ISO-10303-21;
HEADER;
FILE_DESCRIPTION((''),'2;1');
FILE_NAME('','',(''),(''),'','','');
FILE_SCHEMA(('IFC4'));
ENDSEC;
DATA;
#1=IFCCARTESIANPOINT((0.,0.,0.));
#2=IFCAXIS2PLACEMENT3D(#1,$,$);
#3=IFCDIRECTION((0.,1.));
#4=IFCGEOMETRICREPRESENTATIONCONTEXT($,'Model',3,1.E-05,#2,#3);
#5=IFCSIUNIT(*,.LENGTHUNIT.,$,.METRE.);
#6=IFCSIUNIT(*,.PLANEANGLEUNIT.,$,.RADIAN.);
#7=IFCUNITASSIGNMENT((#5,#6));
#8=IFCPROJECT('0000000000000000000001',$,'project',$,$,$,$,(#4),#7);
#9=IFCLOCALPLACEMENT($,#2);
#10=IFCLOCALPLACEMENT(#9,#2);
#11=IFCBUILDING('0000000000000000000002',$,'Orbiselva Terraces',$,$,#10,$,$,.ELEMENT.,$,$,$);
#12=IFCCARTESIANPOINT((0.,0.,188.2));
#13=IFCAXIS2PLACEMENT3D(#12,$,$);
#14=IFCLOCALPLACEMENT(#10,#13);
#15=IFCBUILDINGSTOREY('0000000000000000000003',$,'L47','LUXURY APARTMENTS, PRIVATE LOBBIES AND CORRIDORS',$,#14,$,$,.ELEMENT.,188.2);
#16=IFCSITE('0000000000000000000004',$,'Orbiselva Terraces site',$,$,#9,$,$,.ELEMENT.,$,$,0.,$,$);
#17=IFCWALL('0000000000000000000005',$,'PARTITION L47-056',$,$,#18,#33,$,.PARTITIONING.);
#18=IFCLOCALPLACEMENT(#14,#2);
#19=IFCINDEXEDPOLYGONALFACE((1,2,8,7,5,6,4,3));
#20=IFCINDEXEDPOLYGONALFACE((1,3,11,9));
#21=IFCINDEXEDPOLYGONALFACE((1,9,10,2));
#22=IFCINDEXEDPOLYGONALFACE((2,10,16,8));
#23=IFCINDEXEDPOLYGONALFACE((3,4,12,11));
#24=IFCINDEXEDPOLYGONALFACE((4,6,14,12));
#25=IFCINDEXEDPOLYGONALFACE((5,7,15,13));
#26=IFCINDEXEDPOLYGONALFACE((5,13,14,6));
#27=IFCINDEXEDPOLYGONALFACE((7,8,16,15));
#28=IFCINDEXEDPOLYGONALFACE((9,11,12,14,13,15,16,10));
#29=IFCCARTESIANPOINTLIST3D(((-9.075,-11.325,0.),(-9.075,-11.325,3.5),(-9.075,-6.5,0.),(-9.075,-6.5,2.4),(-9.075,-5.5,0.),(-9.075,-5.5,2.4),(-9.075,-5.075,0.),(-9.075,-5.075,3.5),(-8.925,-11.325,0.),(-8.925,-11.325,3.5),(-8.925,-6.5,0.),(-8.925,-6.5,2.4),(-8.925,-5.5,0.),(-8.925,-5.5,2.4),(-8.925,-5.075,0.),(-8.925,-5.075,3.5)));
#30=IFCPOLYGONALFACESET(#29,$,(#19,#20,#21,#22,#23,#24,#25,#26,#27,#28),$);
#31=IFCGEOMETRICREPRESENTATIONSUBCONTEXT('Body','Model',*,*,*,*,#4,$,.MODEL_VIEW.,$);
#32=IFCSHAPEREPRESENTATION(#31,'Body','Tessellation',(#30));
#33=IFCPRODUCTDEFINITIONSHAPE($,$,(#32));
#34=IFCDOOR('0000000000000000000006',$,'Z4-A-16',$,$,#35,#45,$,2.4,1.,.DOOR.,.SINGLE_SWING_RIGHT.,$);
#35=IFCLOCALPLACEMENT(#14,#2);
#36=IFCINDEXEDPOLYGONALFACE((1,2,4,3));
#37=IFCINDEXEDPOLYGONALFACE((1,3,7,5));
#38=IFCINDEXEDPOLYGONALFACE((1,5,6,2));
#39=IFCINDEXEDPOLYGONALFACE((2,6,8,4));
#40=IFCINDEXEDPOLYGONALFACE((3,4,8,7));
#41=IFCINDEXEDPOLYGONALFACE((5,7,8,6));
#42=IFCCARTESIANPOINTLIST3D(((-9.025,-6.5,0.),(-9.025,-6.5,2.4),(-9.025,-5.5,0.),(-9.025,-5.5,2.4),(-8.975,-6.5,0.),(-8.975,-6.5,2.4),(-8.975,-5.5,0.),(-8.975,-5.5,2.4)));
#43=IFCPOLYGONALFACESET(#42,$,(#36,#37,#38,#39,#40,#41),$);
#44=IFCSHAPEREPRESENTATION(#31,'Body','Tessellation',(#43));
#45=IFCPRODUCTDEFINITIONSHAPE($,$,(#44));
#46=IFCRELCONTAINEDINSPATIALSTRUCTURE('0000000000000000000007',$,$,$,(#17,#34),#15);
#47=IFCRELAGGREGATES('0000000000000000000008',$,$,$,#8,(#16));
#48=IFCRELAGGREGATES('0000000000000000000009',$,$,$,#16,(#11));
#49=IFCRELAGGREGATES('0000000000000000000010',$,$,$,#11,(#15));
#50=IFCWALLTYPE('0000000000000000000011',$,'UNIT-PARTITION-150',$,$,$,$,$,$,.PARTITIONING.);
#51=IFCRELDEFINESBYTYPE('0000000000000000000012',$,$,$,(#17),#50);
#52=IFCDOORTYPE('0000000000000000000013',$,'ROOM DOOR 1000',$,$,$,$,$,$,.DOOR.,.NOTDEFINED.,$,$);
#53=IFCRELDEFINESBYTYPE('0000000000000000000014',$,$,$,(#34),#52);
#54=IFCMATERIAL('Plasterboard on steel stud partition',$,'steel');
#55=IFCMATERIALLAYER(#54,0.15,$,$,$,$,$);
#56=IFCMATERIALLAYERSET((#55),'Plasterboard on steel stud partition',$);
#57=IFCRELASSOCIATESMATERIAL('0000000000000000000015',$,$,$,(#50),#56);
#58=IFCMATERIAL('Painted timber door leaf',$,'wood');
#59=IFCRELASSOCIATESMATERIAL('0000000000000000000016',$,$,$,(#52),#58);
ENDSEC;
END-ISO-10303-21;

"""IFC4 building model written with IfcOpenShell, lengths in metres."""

from ifc_helpers import new_model, si_unit, direction, frame, frame_2d, origin, place, context, subcontext, project, spatial, rectangle, extrude, material, layer, layer_set, type_object, element, fill, save


model = new_model("IFC4")

# Units and contexts
model_context = context("Model", 3, precision=1e-05, world=origin(), true_north=direction((0.0, 1.0)))
body_context = subcontext(model_context, "Body", "Model", "MODEL_VIEW")
ifc_project = project(units=[si_unit("LENGTHUNIT", "METRE"), si_unit("PLANEANGLEUNIT", "RADIAN")], contexts=[model_context])

# Site, building, storey
site_placement = place(None, origin())
site = spatial("IfcSite", under=ifc_project, at=site_placement, Name="Orbiselva Terraces site", CompositionType="ELEMENT", RefElevation=0.0)
building_placement = place(site_placement, origin())
building = spatial("IfcBuilding", under=site, at=building_placement, Name="Orbiselva Terraces", CompositionType="ELEMENT")
storey_placement = place(building_placement, frame((0.0, 0.0, 188.2)))
storey = spatial("IfcBuildingStorey", under=building, at=storey_placement, Name="L47", Description="LUXURY APARTMENTS, PRIVATE LOBBIES AND CORRIDORS", CompositionType="ELEMENT", Elevation=188.2)

# Shared definitions
ifc_material_1 = material(Name="Plasterboard on steel stud partition", Category="steel")
ifc_material_2 = material(Name="Painted timber door leaf", Category="wood")
ifc_layer_1 = layer(ifc_material_1, 0.15)
ifc_layer_set_1 = layer_set([ifc_layer_1], Name="Plasterboard on steel stud partition")
wall_type_1 = type_object("IfcWallType", Name="UNIT-PARTITION-150", PredefinedType="PARTITIONING", material=ifc_layer_set_1)

# Wall, opening, door
wall_1_placement = place(storey_placement, frame((-9.0, -11.325, 0.0), z_axis=(0.0, 0.0, 1.0), x_axis=(0.0, 1.0, 0.0)))
wall_1 = element("IfcWall", 1, at=wall_1_placement, inside=storey, type_object=wall_type_1, Name="PARTITION L47-056", PredefinedType="PARTITIONING", context=body_context, shape_type="SweptSolid", body=[
    extrude(rectangle(XDim=6.25, YDim=0.15, at=frame_2d((3.125, 0.0))), origin(), (0.0, 0.0, 1.0), 3.5),
])
opening_1_placement = place(wall_1_placement, frame((4.825, 0.0, 0.0)))
opening_1 = element("IfcOpeningElement", 2, at=opening_1_placement, cuts=wall_1, PredefinedType="OPENING", context=body_context, shape_type="SweptSolid", body=[
    extrude(rectangle(XDim=1.0, YDim=2.4, at=frame_2d((0.5, 1.2))), frame((0.0, 0.085, 0.0), z_axis=(0.0, -1.0, 0.0), x_axis=(1.0, 0.0, 0.0)), (0.0, 0.0, 1.0), 0.17),
])
door_type_1 = type_object("IfcDoorType", Name="ROOM DOOR 1000", OperationType="NOTDEFINED", PredefinedType="DOOR", material=ifc_material_2)
door_1_placement = place(opening_1_placement, origin())
door_1 = element("IfcDoor", 3, at=door_1_placement, inside=storey, type_object=door_type_1, Name="Z4-A-16", OperationType="SINGLE_SWING_RIGHT", OverallHeight=2.4, OverallWidth=1.0, PredefinedType="DOOR", context=body_context, shape_type="SweptSolid", body=[
    extrude(rectangle(XDim=1.0, YDim=2.4, at=frame_2d((0.5, 1.2))), frame((0.0, 0.025, 0.0), z_axis=(0.0, -1.0, 0.0), x_axis=(1.0, 0.0, 0.0)), (0.0, 0.0, 1.0), 0.05),
])
fill(opening_1, door_1)

save(model, "model.ifc")
